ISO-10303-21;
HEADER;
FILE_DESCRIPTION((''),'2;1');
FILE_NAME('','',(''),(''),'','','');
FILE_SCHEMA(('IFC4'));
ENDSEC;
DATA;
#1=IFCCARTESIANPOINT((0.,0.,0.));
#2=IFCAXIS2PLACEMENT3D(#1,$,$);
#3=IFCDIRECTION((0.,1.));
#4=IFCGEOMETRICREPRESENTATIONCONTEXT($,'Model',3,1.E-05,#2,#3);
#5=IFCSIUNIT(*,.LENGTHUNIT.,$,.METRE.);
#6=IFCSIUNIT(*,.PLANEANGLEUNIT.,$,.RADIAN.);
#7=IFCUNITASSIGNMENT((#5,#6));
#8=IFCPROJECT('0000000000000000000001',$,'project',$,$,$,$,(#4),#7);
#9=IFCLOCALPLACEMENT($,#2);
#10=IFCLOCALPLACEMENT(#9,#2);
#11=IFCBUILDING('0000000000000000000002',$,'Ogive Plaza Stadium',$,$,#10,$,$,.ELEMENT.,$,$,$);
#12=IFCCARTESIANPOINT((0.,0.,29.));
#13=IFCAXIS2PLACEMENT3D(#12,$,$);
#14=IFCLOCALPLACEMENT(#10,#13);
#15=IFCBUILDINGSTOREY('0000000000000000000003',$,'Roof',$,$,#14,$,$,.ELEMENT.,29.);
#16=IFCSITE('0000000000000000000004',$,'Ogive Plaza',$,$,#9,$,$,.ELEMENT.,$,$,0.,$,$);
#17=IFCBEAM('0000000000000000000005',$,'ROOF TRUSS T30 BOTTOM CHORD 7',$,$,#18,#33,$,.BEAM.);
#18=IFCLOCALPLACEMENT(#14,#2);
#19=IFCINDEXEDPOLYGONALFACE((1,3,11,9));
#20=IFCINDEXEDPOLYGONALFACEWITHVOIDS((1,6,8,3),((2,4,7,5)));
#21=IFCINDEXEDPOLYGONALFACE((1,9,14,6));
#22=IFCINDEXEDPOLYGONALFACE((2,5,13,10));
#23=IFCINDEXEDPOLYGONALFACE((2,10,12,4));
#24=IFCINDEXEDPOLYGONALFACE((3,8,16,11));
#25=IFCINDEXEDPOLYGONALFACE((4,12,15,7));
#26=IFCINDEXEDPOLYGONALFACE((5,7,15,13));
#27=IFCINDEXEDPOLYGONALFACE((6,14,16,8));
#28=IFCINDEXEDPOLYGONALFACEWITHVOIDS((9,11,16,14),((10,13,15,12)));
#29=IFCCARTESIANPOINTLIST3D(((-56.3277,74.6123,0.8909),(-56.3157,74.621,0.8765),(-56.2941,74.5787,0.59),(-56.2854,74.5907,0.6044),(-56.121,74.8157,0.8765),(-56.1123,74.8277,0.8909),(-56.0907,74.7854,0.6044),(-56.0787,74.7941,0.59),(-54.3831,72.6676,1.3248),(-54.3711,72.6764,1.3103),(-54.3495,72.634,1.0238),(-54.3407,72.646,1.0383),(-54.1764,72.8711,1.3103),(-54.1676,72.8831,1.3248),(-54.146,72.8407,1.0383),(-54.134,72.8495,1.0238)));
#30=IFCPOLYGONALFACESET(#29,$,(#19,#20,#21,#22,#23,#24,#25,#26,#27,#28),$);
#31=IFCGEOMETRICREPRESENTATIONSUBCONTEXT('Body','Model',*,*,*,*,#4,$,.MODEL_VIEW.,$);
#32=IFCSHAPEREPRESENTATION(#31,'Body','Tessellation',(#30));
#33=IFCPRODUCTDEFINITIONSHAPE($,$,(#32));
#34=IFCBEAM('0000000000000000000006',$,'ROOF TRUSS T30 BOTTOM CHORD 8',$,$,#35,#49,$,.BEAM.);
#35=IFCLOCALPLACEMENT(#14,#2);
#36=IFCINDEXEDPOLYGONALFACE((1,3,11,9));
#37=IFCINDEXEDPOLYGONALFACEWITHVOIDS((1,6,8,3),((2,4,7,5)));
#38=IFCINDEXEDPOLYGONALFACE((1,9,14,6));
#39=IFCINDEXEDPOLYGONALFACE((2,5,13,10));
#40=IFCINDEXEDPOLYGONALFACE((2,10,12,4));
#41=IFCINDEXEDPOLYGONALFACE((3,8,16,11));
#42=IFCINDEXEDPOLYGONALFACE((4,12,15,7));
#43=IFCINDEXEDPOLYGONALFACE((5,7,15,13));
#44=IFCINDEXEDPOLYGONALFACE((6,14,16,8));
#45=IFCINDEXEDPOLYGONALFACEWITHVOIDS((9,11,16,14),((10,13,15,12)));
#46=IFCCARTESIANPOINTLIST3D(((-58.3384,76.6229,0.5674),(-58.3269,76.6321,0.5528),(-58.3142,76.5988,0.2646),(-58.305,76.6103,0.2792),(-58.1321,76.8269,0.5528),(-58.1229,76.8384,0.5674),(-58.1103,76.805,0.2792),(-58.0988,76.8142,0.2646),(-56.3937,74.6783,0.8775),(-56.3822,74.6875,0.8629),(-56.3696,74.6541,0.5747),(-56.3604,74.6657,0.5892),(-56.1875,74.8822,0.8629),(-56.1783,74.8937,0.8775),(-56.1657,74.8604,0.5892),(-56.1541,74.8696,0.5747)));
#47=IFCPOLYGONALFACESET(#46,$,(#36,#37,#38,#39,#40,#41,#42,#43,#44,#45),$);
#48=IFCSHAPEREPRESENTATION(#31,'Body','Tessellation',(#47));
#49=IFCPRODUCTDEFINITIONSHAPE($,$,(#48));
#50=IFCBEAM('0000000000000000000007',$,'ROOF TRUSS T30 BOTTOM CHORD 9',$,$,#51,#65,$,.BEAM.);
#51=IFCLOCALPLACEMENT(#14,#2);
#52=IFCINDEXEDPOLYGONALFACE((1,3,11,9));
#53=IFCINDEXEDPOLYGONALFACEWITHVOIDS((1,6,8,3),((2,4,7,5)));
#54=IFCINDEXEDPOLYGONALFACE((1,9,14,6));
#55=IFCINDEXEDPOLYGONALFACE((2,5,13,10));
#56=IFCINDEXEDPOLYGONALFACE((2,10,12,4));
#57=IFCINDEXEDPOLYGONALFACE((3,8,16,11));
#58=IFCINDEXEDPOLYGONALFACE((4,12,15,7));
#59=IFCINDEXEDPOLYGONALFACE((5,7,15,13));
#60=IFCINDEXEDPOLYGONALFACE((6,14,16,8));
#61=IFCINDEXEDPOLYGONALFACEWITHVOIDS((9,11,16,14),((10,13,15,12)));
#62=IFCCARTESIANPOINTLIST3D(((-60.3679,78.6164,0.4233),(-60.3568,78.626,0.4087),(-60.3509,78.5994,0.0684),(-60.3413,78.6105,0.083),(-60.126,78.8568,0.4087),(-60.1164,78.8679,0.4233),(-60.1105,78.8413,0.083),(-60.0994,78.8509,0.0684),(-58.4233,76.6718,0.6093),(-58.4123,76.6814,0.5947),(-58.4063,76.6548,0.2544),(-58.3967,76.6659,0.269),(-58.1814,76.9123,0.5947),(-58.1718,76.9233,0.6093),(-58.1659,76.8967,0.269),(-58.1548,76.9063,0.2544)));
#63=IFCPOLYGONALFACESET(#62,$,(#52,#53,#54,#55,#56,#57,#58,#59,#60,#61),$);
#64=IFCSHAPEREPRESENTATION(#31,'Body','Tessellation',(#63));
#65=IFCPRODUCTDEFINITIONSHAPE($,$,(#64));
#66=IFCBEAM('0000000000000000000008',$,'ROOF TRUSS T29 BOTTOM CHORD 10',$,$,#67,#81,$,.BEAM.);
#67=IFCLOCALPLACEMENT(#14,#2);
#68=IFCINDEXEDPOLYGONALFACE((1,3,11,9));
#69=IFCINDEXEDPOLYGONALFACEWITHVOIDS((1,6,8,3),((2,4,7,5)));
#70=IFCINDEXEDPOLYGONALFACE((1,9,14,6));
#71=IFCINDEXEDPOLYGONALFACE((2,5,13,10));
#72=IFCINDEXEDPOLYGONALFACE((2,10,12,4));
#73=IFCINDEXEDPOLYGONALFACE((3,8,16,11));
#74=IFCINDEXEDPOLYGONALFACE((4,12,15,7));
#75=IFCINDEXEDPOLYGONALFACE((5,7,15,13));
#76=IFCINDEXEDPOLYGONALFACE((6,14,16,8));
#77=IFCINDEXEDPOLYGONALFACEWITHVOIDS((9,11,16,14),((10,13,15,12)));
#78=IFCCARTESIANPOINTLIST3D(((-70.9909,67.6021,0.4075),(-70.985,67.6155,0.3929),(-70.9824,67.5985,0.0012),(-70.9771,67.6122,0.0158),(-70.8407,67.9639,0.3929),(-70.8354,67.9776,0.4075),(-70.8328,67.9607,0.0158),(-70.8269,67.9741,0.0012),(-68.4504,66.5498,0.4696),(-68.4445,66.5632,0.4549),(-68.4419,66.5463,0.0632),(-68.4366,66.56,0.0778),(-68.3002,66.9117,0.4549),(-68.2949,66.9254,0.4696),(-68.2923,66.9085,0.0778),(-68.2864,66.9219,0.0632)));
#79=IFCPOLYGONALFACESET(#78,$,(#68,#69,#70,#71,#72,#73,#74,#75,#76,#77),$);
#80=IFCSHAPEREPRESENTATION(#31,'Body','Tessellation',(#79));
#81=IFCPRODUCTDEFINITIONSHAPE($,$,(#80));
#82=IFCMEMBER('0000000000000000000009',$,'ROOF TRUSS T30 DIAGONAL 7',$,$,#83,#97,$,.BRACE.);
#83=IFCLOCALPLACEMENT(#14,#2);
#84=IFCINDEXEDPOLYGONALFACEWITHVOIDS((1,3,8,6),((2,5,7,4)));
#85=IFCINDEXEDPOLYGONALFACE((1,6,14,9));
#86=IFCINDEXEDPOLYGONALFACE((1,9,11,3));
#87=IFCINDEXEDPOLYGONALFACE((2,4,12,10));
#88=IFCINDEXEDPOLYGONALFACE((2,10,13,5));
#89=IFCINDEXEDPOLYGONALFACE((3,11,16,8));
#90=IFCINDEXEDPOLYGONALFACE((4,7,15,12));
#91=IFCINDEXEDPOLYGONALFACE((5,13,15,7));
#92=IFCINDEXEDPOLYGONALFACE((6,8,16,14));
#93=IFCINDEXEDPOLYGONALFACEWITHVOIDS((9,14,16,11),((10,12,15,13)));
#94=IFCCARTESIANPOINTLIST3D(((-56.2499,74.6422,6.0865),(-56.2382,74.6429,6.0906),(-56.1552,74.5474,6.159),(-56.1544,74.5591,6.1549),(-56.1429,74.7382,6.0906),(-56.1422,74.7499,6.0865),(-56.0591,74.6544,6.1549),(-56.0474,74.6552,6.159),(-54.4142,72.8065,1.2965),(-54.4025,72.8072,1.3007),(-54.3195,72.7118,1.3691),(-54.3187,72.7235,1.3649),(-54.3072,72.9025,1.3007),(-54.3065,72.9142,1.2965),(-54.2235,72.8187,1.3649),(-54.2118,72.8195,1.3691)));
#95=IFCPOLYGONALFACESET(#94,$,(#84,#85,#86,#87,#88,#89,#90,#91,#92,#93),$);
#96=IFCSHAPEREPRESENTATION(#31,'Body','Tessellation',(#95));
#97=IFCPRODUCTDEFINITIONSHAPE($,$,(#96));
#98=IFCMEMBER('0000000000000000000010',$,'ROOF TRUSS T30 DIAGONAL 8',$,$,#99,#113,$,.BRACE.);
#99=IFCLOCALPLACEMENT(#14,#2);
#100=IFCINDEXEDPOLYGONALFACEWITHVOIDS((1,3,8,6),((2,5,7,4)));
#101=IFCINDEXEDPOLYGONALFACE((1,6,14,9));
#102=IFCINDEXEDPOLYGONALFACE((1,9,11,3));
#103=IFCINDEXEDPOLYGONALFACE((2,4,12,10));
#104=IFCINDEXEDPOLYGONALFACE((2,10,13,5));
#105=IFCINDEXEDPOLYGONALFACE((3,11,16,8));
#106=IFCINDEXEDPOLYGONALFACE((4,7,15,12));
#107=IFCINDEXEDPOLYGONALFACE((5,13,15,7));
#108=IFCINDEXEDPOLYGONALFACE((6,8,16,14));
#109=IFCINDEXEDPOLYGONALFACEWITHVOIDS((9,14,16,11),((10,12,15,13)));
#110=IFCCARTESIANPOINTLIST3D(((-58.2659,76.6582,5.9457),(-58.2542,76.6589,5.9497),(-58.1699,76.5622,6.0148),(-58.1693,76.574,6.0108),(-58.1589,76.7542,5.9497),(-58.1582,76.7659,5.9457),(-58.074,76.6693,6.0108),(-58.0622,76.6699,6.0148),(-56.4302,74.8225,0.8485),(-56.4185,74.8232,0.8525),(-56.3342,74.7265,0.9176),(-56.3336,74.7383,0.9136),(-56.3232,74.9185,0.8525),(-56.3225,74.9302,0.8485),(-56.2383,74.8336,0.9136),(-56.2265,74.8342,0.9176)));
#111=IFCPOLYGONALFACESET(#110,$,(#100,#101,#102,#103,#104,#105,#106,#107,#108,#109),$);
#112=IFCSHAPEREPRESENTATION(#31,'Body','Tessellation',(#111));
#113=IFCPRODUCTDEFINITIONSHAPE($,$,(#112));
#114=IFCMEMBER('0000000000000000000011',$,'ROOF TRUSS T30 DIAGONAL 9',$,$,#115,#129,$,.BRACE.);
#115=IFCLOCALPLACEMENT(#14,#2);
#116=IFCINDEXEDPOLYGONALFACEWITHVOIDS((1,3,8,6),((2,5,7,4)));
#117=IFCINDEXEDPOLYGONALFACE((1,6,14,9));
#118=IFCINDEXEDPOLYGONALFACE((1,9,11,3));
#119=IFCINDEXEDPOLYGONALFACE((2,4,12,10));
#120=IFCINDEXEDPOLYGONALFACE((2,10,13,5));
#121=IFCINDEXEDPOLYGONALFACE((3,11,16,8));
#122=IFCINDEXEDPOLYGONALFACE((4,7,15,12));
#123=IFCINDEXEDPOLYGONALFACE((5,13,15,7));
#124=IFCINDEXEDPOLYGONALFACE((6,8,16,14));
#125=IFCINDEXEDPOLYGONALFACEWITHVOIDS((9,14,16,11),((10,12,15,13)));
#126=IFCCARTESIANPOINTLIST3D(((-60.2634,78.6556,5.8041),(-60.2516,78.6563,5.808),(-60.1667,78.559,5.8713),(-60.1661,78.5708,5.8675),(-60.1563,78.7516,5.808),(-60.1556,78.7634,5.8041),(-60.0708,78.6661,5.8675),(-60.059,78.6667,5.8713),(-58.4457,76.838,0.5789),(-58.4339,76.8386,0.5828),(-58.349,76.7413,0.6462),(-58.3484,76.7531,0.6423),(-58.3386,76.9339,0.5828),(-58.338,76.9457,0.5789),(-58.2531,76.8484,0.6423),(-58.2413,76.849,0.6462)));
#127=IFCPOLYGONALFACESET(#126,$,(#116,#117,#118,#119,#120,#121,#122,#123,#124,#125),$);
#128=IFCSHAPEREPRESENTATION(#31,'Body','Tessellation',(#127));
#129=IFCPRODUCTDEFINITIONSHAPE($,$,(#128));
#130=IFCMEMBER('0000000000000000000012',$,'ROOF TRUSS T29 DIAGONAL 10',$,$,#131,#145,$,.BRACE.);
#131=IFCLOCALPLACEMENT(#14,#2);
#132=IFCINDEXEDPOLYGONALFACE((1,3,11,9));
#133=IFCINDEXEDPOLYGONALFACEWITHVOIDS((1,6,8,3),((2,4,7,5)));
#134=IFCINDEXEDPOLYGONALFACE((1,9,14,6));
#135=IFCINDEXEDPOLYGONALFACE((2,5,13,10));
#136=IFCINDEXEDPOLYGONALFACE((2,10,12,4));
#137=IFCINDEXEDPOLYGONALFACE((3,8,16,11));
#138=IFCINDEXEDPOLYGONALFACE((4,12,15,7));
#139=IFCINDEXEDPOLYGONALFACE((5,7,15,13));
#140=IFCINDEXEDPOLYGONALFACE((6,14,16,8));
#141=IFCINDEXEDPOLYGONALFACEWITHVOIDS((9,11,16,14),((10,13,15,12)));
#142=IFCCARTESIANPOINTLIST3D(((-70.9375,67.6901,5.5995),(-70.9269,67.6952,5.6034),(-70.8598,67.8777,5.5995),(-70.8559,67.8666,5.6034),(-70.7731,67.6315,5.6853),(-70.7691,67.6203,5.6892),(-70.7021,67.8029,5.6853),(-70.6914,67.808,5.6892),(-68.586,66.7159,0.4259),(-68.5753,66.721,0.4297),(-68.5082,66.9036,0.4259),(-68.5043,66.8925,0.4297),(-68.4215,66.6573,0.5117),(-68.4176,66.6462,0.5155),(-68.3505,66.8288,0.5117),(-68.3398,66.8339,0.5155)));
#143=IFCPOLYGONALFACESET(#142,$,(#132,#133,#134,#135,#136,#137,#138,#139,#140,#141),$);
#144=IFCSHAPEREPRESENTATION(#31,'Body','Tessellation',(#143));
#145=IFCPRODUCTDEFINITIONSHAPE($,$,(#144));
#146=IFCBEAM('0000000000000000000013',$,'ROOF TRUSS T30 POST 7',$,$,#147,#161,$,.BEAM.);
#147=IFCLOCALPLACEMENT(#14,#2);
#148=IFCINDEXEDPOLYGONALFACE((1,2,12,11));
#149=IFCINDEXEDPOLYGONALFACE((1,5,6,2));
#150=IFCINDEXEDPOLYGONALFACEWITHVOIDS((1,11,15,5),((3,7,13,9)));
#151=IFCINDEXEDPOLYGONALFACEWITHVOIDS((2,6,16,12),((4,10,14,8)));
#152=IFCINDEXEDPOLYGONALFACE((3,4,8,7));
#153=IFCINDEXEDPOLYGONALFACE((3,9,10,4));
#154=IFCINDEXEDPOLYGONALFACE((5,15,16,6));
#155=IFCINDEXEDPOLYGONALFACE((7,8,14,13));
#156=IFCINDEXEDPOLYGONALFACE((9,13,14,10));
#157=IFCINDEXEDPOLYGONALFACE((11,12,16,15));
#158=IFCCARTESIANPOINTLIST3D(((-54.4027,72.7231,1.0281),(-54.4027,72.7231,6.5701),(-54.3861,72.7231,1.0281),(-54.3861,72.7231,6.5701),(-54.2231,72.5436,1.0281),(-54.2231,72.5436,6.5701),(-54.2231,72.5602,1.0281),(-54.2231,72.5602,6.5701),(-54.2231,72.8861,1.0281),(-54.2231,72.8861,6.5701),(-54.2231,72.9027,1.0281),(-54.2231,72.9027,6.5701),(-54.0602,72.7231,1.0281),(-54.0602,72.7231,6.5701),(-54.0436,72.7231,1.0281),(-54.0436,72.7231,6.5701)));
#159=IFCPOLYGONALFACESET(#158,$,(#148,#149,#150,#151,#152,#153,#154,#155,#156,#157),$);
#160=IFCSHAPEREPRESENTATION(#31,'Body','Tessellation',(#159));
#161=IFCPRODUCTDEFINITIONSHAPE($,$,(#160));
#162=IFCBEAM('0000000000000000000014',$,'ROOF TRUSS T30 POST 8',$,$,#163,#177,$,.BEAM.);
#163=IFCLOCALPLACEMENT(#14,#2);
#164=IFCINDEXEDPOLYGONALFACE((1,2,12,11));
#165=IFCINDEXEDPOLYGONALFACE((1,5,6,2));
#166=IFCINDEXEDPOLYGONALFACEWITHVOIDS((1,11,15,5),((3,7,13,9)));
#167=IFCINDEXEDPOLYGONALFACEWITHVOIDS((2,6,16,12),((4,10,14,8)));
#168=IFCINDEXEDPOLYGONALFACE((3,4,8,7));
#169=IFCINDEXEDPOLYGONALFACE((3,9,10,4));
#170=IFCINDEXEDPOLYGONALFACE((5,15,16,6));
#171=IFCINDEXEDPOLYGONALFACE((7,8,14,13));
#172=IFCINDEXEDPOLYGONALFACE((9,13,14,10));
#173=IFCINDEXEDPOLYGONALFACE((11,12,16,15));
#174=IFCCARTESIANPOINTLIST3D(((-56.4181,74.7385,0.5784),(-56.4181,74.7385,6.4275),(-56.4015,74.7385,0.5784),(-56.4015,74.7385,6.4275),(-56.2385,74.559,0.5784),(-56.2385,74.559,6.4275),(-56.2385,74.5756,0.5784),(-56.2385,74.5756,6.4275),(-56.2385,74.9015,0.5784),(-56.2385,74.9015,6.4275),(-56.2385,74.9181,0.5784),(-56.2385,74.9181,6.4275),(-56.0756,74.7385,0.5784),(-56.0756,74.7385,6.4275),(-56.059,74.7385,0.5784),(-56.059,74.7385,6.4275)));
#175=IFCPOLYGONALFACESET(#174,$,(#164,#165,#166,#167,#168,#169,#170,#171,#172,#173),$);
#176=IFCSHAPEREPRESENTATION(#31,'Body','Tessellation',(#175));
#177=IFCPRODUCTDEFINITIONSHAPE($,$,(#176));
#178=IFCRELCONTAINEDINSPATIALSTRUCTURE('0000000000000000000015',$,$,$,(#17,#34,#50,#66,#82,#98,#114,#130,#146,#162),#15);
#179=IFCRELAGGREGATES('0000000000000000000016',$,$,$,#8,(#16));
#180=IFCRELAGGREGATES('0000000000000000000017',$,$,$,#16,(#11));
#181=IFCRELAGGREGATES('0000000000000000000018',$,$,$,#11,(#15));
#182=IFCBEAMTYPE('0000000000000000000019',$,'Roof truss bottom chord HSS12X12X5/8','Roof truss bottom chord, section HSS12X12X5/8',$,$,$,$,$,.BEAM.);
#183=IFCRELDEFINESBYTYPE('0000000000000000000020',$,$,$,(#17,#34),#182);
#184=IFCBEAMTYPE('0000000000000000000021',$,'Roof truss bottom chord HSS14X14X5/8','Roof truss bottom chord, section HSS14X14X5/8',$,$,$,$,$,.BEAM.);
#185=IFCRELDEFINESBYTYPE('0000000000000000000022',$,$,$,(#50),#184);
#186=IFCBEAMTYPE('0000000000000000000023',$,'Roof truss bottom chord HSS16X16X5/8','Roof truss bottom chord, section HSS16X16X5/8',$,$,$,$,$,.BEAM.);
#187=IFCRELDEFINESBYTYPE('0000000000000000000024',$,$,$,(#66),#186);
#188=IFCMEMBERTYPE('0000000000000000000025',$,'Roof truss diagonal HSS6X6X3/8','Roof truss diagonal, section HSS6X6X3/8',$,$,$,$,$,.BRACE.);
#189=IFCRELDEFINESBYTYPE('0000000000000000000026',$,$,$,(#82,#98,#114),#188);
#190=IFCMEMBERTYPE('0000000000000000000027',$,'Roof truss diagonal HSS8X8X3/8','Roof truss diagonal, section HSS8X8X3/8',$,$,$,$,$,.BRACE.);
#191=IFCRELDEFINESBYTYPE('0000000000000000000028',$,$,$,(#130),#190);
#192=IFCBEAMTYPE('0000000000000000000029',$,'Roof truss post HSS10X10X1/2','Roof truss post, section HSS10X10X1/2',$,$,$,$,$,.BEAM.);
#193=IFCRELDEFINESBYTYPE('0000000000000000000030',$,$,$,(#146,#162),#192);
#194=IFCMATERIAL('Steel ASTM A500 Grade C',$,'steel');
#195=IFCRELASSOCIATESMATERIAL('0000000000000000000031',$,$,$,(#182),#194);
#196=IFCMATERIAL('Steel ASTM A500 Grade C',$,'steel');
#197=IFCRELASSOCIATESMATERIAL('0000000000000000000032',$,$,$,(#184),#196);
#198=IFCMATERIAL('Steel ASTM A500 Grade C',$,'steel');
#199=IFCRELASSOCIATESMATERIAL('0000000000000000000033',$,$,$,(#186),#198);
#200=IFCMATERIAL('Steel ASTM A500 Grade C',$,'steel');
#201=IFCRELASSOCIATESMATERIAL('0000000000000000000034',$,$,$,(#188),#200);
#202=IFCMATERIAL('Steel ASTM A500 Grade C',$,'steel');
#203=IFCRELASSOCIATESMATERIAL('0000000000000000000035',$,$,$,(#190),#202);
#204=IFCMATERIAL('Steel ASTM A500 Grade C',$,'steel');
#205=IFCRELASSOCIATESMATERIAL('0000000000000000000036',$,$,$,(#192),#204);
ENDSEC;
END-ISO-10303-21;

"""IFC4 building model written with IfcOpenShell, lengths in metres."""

from ifc_helpers import new_model, si_unit, direction, frame, origin, origin_2d, place, context, subcontext, project, spatial, hollow_rectangle, extrude, material, material_profile, profile_set, type_object, element, save


model = new_model("IFC4")

# Units and contexts
model_context = context("Model", 3, precision=1e-05, world=origin(), true_north=direction((0.0, 1.0)))
body_context = subcontext(model_context, "Body", "Model", "MODEL_VIEW")
ifc_project = project(units=[si_unit("LENGTHUNIT", "METRE"), si_unit("PLANEANGLEUNIT", "RADIAN")], contexts=[model_context])

# Site, building, storey
site_placement = place(None, origin())
site = spatial("IfcSite", under=ifc_project, at=site_placement, Name="Ogive Plaza", CompositionType="ELEMENT", RefElevation=0.0)
building_placement = place(site_placement, origin())
building = spatial("IfcBuilding", under=site, at=building_placement, Name="Ogive Plaza Stadium", CompositionType="ELEMENT")
storey_placement = place(building_placement, frame((0.0, 0.0, 29.0)))
storey = spatial("IfcBuildingStorey", under=building, at=storey_placement, Name="Roof", CompositionType="ELEMENT", Elevation=29.0)

# Beams
ifc_material_1 = material(Name="Steel ASTM A500 Grade C", Category="steel")
ifc_material_profile_1 = material_profile(ifc_material_1, hollow_rectangle(XDim=0.3047, YDim=0.3047, WallThickness=0.0146, at=origin_2d()), Name="HSS12X12X5/8")
ifc_profile_set_1 = profile_set([ifc_material_profile_1], Name="Steel ASTM A500 Grade C")
beam_type_1 = type_object("IfcBeamType", Name="Roof truss bottom chord HSS12X12X5/8", Description="Roof truss bottom chord, section HSS12X12X5/8", PredefinedType="BEAM", material=ifc_profile_set_1)
beam_1_placement = place(storey_placement, frame((-54.2585, 72.7585, 1.1743), z_axis=(-0.698469, 0.698469, -0.155829), x_axis=(-0.707107, -0.707107, 0.0)))
element("IfcBeam", 1, at=beam_1_placement, inside=storey, type_object=beam_type_1, Name="ROOF TRUSS T30 BOTTOM CHORD 7", PredefinedType="BEAM", context=body_context, shape_type="SweptSolid", body=[
    extrude(hollow_rectangle(XDim=0.3047, YDim=0.3047, WallThickness=0.0146, at=origin_2d()), origin(), (0.0, 0.0, 1.0), 2.7842),
])
beam_2_placement = place(storey_placement, frame((-56.2739, 74.7739, 0.7261), z_axis=(-0.702655, 0.702655, -0.112037), x_axis=(-0.707107, -0.707107, 0.0)))
element("IfcBeam", 2, at=beam_2_placement, inside=storey, type_object=beam_type_1, Name="ROOF TRUSS T30 BOTTOM CHORD 8", PredefinedType="BEAM", context=body_context, shape_type="SweptSolid", body=[
    extrude(hollow_rectangle(XDim=0.3047, YDim=0.3047, WallThickness=0.0146, at=origin_2d()), origin(), (0.0, 0.0, 1.0), 2.7676),
])
ifc_material_2 = material(Name="Steel ASTM A500 Grade C", Category="steel")
ifc_material_profile_2 = material_profile(ifc_material_2, hollow_rectangle(XDim=0.3557, YDim=0.3557, WallThickness=0.0146, at=origin_2d()), Name="HSS14X14X5/8")
ifc_profile_set_2 = profile_set([ifc_material_profile_2], Name="Steel ASTM A500 Grade C")
beam_type_2 = type_object("IfcBeamType", Name="Roof truss bottom chord HSS14X14X5/8", Description="Roof truss bottom chord, section HSS14X14X5/8", PredefinedType="BEAM", material=ifc_profile_set_2)
beam_3_placement = place(storey_placement, frame((-58.2891, 76.7891, 0.4319), z_axis=(-0.705494, 0.705494, -0.067494), x_axis=(-0.707107, -0.707107, 0.0)))
element("IfcBeam", 3, at=beam_3_placement, inside=storey, type_object=beam_type_2, Name="ROOF TRUSS T30 BOTTOM CHORD 9", PredefinedType="BEAM", context=body_context, shape_type="SweptSolid", body=[
    extrude(hollow_rectangle(XDim=0.3557, YDim=0.3557, WallThickness=0.0146, at=origin_2d()), origin(), (0.0, 0.0, 1.0), 2.7563),
])
ifc_material_3 = material(Name="Steel ASTM A500 Grade C", Category="steel")
ifc_material_profile_3 = material_profile(ifc_material_3, hollow_rectangle(XDim=0.4065, YDim=0.4065, WallThickness=0.0146, at=origin_2d()), Name="HSS16X16X5/8")
ifc_profile_set_3 = profile_set([ifc_material_profile_3], Name="Steel ASTM A500 Grade C")
beam_type_3 = type_object("IfcBeamType", Name="Roof truss bottom chord HSS16X16X5/8", Description="Roof truss bottom chord, section HSS16X16X5/8", PredefinedType="BEAM", material=ifc_profile_set_3)
beam_4_placement = place(storey_placement, frame((-68.3684, 66.7358, 0.2664), z_axis=(-0.923654, 0.382563, -0.022545), x_axis=(-0.38266, -0.923889, 0.0)))
element("IfcBeam", 4, at=beam_4_placement, inside=storey, type_object=beam_type_3, Name="ROOF TRUSS T29 BOTTOM CHORD 10", PredefinedType="BEAM", context=body_context, shape_type="SweptSolid", body=[
    extrude(hollow_rectangle(XDim=0.4065, YDim=0.4065, WallThickness=0.0146, at=origin_2d()), origin(), (0.0, 0.0, 1.0), 2.7505),
])

# Members
ifc_material_4 = material(Name="Steel ASTM A500 Grade C", Category="steel")
ifc_material_profile_4 = material_profile(ifc_material_4, hollow_rectangle(XDim=0.1523, YDim=0.1523, WallThickness=0.0088, at=origin_2d()), Name="HSS6X6X3/8")
ifc_profile_set_4 = profile_set([ifc_material_profile_4], Name="Steel ASTM A500 Grade C")
member_type_1 = type_object("IfcMemberType", Name="Roof truss diagonal HSS6X6X3/8", Description="Roof truss diagonal, section HSS6X6X3/8", PredefinedType="BRACE", material=ifc_profile_set_4)
member_1_placement = place(storey_placement, frame((-54.313, 72.813, 1.3328), z_axis=(-0.336929, 0.336929, 0.87918), x_axis=(-0.707107, -0.707107, 0.0)))
element("IfcMember", 5, at=member_1_placement, inside=storey, type_object=member_type_1, Name="ROOF TRUSS T30 DIAGONAL 7", PredefinedType="BRACE", context=body_context, shape_type="SweptSolid", body=[
    extrude(hollow_rectangle(XDim=0.1523, YDim=0.1523, WallThickness=0.0088, at=origin_2d()), origin(), (0.0, 0.0, 1.0), 5.4482),
])
member_2_placement = place(storey_placement, frame((-56.3284, 74.8284, 0.8831), z_axis=(-0.320914, 0.320914, 0.891082), x_axis=(-0.707107, -0.707107, 0.0)))
element("IfcMember", 6, at=member_2_placement, inside=storey, type_object=member_type_1, Name="ROOF TRUSS T30 DIAGONAL 8", PredefinedType="BRACE", context=body_context, shape_type="SweptSolid", body=[
    extrude(hollow_rectangle(XDim=0.1523, YDim=0.1523, WallThickness=0.0088, at=origin_2d()), origin(), (0.0, 0.0, 1.0), 5.7202),
])
member_3_placement = place(storey_placement, frame((-58.3435, 76.8435, 0.6125), z_axis=(-0.312138, 0.312138, 0.897296), x_axis=(-0.707107, -0.707107, 0.0)))
element("IfcMember", 7, at=member_3_placement, inside=storey, type_object=member_type_1, Name="ROOF TRUSS T30 DIAGONAL 9", PredefinedType="BRACE", context=body_context, shape_type="SweptSolid", body=[
    extrude(hollow_rectangle(XDim=0.1523, YDim=0.1523, WallThickness=0.0088, at=origin_2d()), origin(), (0.0, 0.0, 1.0), 5.8232),
])
ifc_material_5 = material(Name="Steel ASTM A500 Grade C", Category="steel")
ifc_material_profile_5 = material_profile(ifc_material_5, hollow_rectangle(XDim=0.2031, YDim=0.2031, WallThickness=0.0088, at=origin_2d()), Name="HSS8X8X3/8")
ifc_profile_set_5 = profile_set([ifc_material_profile_5], Name="Steel ASTM A500 Grade C")
member_type_2 = type_object("IfcMemberType", Name="Roof truss diagonal HSS8X8X3/8", Description="Roof truss diagonal, section HSS8X8X3/8", PredefinedType="BRACE", material=ifc_profile_set_5)
member_4_placement = place(storey_placement, frame((-68.4629, 66.7749, 0.4707), z_axis=(-0.407845, 0.168947, 0.897284), x_axis=(-0.382708, -0.92387, 0.0)))
element("IfcMember", 8, at=member_4_placement, inside=storey, type_object=member_type_2, Name="ROOF TRUSS T29 DIAGONAL 10", PredefinedType="BRACE", context=body_context, shape_type="SweptSolid", body=[
    extrude(hollow_rectangle(XDim=0.2031, YDim=0.2031, WallThickness=0.0088, at=origin_2d()), origin(), (0.0, 0.0, 1.0), 5.7659),
])

# Beams
ifc_material_6 = material(Name="Steel ASTM A500 Grade C", Category="steel")
ifc_material_profile_6 = material_profile(ifc_material_6, hollow_rectangle(XDim=0.2539, YDim=0.2539, WallThickness=0.0117, at=origin_2d()), Name="HSS10X10X1/2")
ifc_profile_set_6 = profile_set([ifc_material_profile_6], Name="Steel ASTM A500 Grade C")
beam_type_4 = type_object("IfcBeamType", Name="Roof truss post HSS10X10X1/2", Description="Roof truss post, section HSS10X10X1/2", PredefinedType="BEAM", material=ifc_profile_set_6)
beam_5_placement = place(storey_placement, frame((-54.2231, 72.7231, 1.0281), z_axis=(0.0, 0.0, 1.0), x_axis=(-0.707107, -0.707107, 0.0)))
element("IfcBeam", 9, at=beam_5_placement, inside=storey, type_object=beam_type_4, Name="ROOF TRUSS T30 POST 7", PredefinedType="BEAM", context=body_context, shape_type="SweptSolid", body=[
    extrude(hollow_rectangle(XDim=0.2539, YDim=0.2539, WallThickness=0.0117, at=origin_2d()), origin(), (0.0, 0.0, 1.0), 5.542),
])
beam_6_placement = place(storey_placement, frame((-56.2385, 74.7385, 0.5784), z_axis=(0.0, 0.0, 1.0), x_axis=(-0.707107, -0.707107, 0.0)))
element("IfcBeam", 10, at=beam_6_placement, inside=storey, type_object=beam_type_4, Name="ROOF TRUSS T30 POST 8", PredefinedType="BEAM", context=body_context, shape_type="SweptSolid", body=[
    extrude(hollow_rectangle(XDim=0.2539, YDim=0.2539, WallThickness=0.0117, at=origin_2d()), origin(), (0.0, 0.0, 1.0), 5.8491),
])

save(model, "model.ifc")
